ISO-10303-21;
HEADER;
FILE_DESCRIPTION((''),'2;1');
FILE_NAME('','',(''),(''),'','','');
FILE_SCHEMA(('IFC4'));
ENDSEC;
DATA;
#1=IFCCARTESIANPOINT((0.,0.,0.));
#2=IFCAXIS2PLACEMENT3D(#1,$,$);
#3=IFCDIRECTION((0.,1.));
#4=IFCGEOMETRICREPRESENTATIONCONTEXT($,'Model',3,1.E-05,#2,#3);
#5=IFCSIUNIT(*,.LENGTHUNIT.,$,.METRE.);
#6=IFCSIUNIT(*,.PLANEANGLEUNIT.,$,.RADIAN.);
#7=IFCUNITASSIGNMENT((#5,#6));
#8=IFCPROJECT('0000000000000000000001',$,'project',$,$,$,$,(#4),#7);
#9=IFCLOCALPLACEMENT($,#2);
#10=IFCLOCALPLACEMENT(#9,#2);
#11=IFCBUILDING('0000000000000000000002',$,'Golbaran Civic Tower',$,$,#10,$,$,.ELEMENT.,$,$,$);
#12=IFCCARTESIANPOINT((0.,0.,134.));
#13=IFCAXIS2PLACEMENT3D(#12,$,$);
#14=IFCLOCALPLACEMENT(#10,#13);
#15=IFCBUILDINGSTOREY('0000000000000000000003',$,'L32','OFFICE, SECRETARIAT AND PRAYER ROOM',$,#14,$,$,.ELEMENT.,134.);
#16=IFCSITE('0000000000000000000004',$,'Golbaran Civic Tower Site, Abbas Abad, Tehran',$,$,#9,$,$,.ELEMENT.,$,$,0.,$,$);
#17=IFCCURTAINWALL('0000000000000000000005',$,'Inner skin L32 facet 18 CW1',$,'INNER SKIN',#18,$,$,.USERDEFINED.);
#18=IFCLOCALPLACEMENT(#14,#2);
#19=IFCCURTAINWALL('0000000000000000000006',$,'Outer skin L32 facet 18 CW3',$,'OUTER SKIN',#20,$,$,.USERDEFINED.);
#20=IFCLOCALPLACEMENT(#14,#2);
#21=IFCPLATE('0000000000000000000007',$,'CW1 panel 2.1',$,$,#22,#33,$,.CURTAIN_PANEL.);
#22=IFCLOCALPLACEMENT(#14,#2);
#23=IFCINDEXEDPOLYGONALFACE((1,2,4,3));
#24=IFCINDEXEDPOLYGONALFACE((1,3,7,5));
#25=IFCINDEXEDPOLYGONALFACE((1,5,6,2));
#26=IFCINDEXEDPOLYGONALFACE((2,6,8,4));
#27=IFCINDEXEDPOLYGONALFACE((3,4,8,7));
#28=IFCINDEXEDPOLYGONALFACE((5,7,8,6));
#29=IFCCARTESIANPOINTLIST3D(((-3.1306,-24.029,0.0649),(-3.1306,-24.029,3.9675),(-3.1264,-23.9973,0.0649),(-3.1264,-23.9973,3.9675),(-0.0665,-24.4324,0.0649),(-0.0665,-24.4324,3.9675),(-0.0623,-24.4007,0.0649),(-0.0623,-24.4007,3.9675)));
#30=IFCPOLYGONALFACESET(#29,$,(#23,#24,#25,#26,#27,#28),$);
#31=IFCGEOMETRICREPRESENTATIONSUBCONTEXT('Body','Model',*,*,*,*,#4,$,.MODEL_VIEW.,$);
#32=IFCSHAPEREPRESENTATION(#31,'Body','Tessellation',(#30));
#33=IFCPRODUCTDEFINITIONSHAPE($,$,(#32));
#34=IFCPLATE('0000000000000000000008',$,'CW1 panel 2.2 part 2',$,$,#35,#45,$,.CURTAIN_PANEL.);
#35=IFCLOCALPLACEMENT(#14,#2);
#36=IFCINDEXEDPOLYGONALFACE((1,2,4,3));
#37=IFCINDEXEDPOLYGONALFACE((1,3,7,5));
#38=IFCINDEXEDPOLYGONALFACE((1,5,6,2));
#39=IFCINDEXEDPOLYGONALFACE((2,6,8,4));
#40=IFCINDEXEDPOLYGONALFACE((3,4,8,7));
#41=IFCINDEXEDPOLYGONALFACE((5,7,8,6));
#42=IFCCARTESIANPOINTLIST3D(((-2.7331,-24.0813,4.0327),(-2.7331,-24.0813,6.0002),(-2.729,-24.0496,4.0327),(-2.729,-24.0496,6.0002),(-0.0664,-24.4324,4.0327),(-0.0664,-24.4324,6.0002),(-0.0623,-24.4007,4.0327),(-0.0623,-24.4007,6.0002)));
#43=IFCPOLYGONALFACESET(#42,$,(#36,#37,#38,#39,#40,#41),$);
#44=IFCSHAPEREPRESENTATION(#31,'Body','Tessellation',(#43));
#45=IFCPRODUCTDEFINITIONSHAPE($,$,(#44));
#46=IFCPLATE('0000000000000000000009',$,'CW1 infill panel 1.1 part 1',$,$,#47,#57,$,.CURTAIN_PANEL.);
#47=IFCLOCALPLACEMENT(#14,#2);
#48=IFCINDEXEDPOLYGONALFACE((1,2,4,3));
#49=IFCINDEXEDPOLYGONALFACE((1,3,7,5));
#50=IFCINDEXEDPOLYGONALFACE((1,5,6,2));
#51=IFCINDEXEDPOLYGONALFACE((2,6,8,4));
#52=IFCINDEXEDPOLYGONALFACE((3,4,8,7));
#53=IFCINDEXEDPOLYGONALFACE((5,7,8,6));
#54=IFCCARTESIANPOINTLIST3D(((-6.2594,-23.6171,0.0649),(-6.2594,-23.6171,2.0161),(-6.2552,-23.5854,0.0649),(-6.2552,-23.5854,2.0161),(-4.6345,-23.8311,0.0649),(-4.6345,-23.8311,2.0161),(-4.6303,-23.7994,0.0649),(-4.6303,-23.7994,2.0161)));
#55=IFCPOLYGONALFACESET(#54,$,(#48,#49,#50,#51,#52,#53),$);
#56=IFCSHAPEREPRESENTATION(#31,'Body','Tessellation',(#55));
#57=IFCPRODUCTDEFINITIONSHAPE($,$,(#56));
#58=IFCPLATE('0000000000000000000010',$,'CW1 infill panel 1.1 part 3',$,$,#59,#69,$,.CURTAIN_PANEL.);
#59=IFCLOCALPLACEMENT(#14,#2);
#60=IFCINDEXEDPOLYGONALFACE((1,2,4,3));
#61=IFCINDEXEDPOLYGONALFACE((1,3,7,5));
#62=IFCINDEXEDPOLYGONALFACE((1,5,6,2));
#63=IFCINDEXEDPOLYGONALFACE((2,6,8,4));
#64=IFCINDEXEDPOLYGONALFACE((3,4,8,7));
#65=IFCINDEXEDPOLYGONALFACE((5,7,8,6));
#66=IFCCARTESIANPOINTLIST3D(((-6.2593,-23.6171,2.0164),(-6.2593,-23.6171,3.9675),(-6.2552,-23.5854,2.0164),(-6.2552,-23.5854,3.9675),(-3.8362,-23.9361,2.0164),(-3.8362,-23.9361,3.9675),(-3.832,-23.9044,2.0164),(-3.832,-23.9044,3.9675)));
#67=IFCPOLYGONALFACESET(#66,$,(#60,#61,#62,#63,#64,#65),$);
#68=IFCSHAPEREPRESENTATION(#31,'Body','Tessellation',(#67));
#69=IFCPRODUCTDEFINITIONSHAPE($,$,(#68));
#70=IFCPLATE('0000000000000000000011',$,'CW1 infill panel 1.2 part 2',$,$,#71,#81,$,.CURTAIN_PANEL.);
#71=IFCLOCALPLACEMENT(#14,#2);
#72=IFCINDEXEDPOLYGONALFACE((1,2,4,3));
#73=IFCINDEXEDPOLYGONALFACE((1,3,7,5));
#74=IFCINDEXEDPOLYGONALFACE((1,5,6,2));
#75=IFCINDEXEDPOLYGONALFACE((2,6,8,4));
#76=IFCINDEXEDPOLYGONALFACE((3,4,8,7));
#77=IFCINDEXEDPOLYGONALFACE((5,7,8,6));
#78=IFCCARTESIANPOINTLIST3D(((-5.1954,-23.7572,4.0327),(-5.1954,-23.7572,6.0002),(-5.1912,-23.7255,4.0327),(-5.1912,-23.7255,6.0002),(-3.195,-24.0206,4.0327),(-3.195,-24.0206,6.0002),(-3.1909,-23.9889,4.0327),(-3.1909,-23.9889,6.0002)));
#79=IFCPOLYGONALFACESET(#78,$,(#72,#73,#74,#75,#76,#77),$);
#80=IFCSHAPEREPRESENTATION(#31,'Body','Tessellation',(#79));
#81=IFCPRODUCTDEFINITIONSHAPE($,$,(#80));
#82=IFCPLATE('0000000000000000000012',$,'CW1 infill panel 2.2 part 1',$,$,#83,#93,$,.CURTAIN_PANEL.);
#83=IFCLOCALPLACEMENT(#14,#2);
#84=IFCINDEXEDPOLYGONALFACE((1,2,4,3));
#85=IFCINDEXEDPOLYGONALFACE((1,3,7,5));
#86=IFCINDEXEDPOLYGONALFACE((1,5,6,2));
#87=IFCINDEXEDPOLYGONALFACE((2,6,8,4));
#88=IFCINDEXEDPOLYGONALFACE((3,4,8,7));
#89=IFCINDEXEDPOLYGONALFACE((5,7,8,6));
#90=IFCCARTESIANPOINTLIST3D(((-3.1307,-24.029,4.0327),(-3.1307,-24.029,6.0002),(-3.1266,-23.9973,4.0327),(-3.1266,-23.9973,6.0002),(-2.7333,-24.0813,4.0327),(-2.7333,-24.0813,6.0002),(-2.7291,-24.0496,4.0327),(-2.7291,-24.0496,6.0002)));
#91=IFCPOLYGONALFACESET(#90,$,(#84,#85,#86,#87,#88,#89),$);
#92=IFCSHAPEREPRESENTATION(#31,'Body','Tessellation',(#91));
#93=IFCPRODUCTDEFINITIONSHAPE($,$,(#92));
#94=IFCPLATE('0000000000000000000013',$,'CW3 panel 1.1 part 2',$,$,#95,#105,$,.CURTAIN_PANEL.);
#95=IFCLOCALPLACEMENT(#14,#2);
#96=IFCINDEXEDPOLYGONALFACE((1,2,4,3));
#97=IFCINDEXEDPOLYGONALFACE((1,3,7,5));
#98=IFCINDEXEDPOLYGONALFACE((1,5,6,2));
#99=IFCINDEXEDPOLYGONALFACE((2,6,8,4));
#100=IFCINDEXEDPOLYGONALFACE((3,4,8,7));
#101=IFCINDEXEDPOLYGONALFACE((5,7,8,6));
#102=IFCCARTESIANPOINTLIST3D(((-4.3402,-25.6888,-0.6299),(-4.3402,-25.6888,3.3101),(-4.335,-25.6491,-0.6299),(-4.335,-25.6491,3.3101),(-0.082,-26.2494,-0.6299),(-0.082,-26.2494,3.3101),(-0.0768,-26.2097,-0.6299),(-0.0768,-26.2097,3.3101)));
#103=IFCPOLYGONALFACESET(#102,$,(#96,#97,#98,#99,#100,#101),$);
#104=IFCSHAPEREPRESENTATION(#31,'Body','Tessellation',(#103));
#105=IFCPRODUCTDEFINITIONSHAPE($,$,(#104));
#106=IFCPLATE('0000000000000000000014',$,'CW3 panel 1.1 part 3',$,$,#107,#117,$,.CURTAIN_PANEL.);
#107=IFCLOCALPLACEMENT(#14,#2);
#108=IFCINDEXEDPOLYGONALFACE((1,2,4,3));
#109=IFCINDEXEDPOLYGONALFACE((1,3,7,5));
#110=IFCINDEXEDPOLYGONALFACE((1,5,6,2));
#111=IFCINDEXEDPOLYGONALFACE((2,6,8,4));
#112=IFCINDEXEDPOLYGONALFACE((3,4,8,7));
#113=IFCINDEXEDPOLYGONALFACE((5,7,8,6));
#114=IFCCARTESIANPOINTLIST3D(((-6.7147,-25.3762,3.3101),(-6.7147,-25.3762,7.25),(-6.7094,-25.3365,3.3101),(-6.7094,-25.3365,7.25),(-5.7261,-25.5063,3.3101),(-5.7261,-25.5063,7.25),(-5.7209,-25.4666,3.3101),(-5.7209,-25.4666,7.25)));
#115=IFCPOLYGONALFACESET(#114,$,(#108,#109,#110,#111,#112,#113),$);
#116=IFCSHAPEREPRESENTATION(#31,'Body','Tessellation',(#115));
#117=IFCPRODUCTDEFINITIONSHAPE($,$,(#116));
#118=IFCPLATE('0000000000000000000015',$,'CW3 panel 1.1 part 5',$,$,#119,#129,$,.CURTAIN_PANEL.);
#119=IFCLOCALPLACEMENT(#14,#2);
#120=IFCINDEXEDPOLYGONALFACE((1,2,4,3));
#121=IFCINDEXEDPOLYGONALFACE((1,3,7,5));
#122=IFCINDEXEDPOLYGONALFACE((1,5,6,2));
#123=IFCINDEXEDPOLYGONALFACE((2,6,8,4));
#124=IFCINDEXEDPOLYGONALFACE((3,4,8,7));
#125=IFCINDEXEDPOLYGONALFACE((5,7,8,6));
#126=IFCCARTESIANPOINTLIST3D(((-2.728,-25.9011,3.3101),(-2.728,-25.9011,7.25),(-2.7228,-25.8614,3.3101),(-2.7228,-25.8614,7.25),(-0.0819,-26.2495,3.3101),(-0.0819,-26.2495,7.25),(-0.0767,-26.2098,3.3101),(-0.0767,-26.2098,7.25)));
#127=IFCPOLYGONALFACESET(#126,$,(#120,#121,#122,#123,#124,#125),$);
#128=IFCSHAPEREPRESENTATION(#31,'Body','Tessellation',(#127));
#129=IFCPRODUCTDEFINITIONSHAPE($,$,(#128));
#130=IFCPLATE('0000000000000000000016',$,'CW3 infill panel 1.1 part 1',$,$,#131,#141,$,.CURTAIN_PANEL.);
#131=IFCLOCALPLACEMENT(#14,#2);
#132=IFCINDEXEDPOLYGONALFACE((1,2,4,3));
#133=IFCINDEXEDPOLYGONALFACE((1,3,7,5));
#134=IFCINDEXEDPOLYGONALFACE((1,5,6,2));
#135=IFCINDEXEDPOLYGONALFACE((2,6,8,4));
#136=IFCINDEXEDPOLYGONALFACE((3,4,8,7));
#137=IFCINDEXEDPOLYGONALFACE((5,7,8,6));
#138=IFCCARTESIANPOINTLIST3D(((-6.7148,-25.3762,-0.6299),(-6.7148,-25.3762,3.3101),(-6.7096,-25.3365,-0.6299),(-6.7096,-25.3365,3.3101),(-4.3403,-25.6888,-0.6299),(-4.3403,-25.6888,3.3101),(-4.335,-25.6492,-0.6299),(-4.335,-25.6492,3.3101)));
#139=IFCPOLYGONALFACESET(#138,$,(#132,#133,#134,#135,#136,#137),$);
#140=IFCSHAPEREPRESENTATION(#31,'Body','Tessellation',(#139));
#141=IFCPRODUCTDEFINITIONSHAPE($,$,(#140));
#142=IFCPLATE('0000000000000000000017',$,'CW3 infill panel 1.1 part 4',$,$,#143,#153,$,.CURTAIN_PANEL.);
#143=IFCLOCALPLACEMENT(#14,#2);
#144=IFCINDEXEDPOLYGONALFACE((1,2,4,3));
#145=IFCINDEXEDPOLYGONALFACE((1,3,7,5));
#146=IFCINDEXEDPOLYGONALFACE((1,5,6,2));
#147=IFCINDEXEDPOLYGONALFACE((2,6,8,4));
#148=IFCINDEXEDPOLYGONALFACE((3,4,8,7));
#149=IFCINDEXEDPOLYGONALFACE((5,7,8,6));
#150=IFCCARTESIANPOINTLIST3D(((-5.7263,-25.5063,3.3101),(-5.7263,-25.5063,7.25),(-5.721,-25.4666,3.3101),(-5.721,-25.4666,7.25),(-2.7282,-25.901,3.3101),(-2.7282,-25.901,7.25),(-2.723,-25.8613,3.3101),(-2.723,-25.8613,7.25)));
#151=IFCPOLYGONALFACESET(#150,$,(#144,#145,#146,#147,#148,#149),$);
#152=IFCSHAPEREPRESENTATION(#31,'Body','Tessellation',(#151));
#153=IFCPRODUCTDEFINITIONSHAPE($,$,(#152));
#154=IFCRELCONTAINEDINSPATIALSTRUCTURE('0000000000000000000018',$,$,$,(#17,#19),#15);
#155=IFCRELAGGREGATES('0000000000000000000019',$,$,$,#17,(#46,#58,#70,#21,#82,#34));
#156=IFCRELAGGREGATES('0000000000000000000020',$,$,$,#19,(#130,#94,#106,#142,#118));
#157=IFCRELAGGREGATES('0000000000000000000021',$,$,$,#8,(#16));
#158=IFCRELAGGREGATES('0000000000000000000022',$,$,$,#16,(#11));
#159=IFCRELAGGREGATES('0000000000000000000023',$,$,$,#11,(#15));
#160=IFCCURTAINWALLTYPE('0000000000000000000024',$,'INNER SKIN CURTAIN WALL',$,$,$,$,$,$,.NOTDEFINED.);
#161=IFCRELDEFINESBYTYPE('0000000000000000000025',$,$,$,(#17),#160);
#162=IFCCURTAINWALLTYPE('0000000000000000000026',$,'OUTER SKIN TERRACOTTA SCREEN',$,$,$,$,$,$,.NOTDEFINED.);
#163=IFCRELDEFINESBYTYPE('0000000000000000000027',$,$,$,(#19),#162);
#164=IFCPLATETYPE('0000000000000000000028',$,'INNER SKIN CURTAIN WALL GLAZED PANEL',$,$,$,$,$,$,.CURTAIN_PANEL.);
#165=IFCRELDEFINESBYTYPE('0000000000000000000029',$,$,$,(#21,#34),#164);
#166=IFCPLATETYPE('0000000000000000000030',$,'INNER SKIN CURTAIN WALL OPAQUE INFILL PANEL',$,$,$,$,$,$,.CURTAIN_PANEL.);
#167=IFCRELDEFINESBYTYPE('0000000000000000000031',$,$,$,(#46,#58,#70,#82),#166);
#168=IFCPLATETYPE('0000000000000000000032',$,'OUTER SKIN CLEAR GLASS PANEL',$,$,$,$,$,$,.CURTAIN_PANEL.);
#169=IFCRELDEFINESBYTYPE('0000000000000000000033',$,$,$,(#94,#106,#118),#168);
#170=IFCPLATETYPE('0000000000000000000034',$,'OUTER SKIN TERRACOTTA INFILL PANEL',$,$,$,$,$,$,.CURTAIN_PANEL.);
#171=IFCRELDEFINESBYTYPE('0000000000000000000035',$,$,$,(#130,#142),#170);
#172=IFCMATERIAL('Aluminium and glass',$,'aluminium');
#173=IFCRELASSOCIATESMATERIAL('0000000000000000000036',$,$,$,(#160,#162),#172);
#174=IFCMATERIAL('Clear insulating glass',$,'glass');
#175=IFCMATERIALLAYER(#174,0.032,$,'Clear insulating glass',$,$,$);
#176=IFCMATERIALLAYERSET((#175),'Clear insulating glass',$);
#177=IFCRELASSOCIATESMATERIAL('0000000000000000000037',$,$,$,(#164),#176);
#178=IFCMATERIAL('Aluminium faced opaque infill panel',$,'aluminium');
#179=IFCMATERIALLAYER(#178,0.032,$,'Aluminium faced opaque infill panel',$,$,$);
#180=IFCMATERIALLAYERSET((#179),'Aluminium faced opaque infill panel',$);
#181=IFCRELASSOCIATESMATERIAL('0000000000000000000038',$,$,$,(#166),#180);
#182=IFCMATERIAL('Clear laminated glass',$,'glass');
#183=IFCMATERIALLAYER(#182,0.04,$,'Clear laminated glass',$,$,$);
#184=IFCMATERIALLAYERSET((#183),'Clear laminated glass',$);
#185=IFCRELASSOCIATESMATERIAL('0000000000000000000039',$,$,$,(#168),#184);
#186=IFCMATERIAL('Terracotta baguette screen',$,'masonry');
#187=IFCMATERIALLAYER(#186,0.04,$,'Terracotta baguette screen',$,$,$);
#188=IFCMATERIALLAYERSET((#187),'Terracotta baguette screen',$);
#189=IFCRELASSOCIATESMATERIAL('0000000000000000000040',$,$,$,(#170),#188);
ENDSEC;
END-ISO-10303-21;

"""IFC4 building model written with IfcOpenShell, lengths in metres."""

from ifc_helpers import new_model, si_unit, direction, frame, origin, origin_2d, place, context, subcontext, project, spatial, rectangle, extrude, material, layer, layer_set, type_object, element, aggregate, save


model = new_model("IFC4")

# Units and contexts
model_context = context("Model", 3, precision=1e-05, world=origin(), true_north=direction((0.0, 1.0)))
body_context = subcontext(model_context, "Body", "Model", "MODEL_VIEW")
ifc_project = project(units=[si_unit("LENGTHUNIT", "METRE"), si_unit("PLANEANGLEUNIT", "RADIAN")], contexts=[model_context])

# Site, building, storey
site_placement = place(None, origin())
site = spatial("IfcSite", under=ifc_project, at=site_placement, Name="Golbaran Civic Tower Site, Abbas Abad, Tehran", CompositionType="ELEMENT", RefElevation=0.0)
building_placement = place(site_placement, origin())
building = spatial("IfcBuilding", under=site, at=building_placement, Name="Golbaran Civic Tower", CompositionType="ELEMENT")
storey_placement = place(building_placement, frame((0.0, 0.0, 134.0)))
storey = spatial("IfcBuildingStorey", under=building, at=storey_placement, Name="L32", Description="OFFICE, SECRETARIAT AND PRAYER ROOM", CompositionType="ELEMENT", Elevation=134.0)

# Curtain wall
ifc_material_1 = material(Name="Aluminium and glass", Category="aluminium")
curtain_wall_type_1 = type_object("IfcCurtainWallType", Name="INNER SKIN CURTAIN WALL", PredefinedType="NOTDEFINED", material=ifc_material_1)
curtain_wall_1_placement = place(storey_placement, origin())
curtain_wall_1 = element("IfcCurtainWall", 1, at=curtain_wall_1_placement, inside=storey, type_object=curtain_wall_type_1, Name="Inner skin L32 facet 18 CW1", ObjectType="INNER SKIN", PredefinedType="USERDEFINED")

# Curtain wall
curtain_wall_type_2 = type_object("IfcCurtainWallType", Name="OUTER SKIN TERRACOTTA SCREEN", PredefinedType="NOTDEFINED", material=ifc_material_1)
curtain_wall_2_placement = place(storey_placement, origin())
curtain_wall_2 = element("IfcCurtainWall", 2, at=curtain_wall_2_placement, inside=storey, type_object=curtain_wall_type_2, Name="Outer skin L32 facet 18 CW3", ObjectType="OUTER SKIN", PredefinedType="USERDEFINED")

# Plates
ifc_material_2 = material(Name="Clear insulating glass", Category="glass")
ifc_layer_1 = layer(ifc_material_2, 0.032, Name="Clear insulating glass")
ifc_layer_set_1 = layer_set([ifc_layer_1], Name="Clear insulating glass")
plate_type_1 = type_object("IfcPlateType", Name="INNER SKIN CURTAIN WALL GLAZED PANEL", PredefinedType="CURTAIN_PANEL", material=ifc_layer_set_1)
plate_1_placement = place(storey_placement, frame((-1.5964, -24.2148, 0.0649), z_axis=(0.0, 0.0, 1.0), x_axis=(0.991445, -0.130526, 0.0)))
plate_1 = element("IfcPlate", 3, at=plate_1_placement, type_object=plate_type_1, Name="CW1 panel 2.1", PredefinedType="CURTAIN_PANEL", context=body_context, shape_type="SweptSolid", body=[
    extrude(rectangle(XDim=3.0906, YDim=0.032, at=origin_2d()), origin(), (0.0, 0.0, 1.0), 3.9026),
])
plate_2_placement = place(storey_placement, frame((-1.3977, -24.241, 4.0327), z_axis=(0.0, 0.0, 1.0), x_axis=(0.991445, -0.130526, 0.0)))
plate_2 = element("IfcPlate", 4, at=plate_2_placement, type_object=plate_type_1, Name="CW1 panel 2.2 part 2", PredefinedType="CURTAIN_PANEL", context=body_context, shape_type="SweptSolid", body=[
    extrude(rectangle(XDim=2.6897, YDim=0.032, at=origin_2d()), origin(), (0.0, 0.0, 1.0), 1.9675),
])
ifc_material_3 = material(Name="Aluminium faced opaque infill panel", Category="aluminium")
ifc_layer_2 = layer(ifc_material_3, 0.032, Name="Aluminium faced opaque infill panel")
ifc_layer_set_2 = layer_set([ifc_layer_2], Name="Aluminium faced opaque infill panel")
plate_type_2 = type_object("IfcPlateType", Name="INNER SKIN CURTAIN WALL OPAQUE INFILL PANEL", PredefinedType="CURTAIN_PANEL", material=ifc_layer_set_2)
plate_3_placement = place(storey_placement, frame((-5.4448, -23.7083, 0.0649), z_axis=(0.0, 0.0, 1.0), x_axis=(0.991445, -0.130526, 0.0)))
plate_3 = element("IfcPlate", 5, at=plate_3_placement, type_object=plate_type_2, Name="CW1 infill panel 1.1 part 1", PredefinedType="CURTAIN_PANEL", context=body_context, shape_type="SweptSolid", body=[
    extrude(rectangle(XDim=1.6389, YDim=0.032, at=origin_2d()), origin(), (0.0, 0.0, 1.0), 1.9512),
])
plate_4_placement = place(storey_placement, frame((-5.0457, -23.7607, 2.0164), z_axis=(0.0, 0.0, 1.0), x_axis=(0.991445, -0.130526, 0.0)))
plate_4 = element("IfcPlate", 6, at=plate_4_placement, type_object=plate_type_2, Name="CW1 infill panel 1.1 part 3", PredefinedType="CURTAIN_PANEL", context=body_context, shape_type="SweptSolid", body=[
    extrude(rectangle(XDim=2.4441, YDim=0.032, at=origin_2d()), origin(), (0.0, 0.0, 1.0), 1.9512),
])
plate_5_placement = place(storey_placement, frame((-4.1931, -23.873, 4.0327), z_axis=(0.0, 0.0, 1.0), x_axis=(0.991445, -0.130526, 0.0)))
plate_5 = element("IfcPlate", 7, at=plate_5_placement, type_object=plate_type_2, Name="CW1 infill panel 1.2 part 2", PredefinedType="CURTAIN_PANEL", context=body_context, shape_type="SweptSolid", body=[
    extrude(rectangle(XDim=2.0176, YDim=0.032, at=origin_2d()), origin(), (0.0, 0.0, 1.0), 1.9675),
])
plate_6_placement = place(storey_placement, frame((-2.9299, -24.0393, 4.0327), z_axis=(0.0, 0.0, 1.0), x_axis=(0.991445, -0.130526, 0.0)))
plate_6 = element("IfcPlate", 8, at=plate_6_placement, type_object=plate_type_2, Name="CW1 infill panel 2.2 part 1", PredefinedType="CURTAIN_PANEL", context=body_context, shape_type="SweptSolid", body=[
    extrude(rectangle(XDim=0.4009, YDim=0.032, at=origin_2d()), origin(), (0.0, 0.0, 1.0), 1.9675),
])
aggregate(curtain_wall_1, [plate_3, plate_4, plate_5, plate_1, plate_6, plate_2])
ifc_material_4 = material(Name="Clear laminated glass", Category="glass")
ifc_layer_3 = layer(ifc_material_4, 0.04, Name="Clear laminated glass")
ifc_layer_set_3 = layer_set([ifc_layer_3], Name="Clear laminated glass")
plate_type_3 = type_object("IfcPlateType", Name="OUTER SKIN CLEAR GLASS PANEL", PredefinedType="CURTAIN_PANEL", material=ifc_layer_set_3)
plate_7_placement = place(storey_placement, frame((-2.2085, -25.9492, -0.6299), z_axis=(0.0, 0.0, 1.0), x_axis=(0.991445, -0.130526, 0.0)))
plate_7 = element("IfcPlate", 9, at=plate_7_placement, type_object=plate_type_3, Name="CW3 panel 1.1 part 2", PredefinedType="CURTAIN_PANEL", context=body_context, shape_type="SweptSolid", body=[
    extrude(rectangle(XDim=4.2949, YDim=0.04, at=origin_2d()), origin(), (0.0, 0.0, 1.0), 3.9399),
])
plate_8_placement = place(storey_placement, frame((-6.2178, -25.4214, 3.3101), z_axis=(0.0, 0.0, 1.0), x_axis=(0.991445, -0.130526, 0.0)))
plate_8 = element("IfcPlate", 10, at=plate_8_placement, type_object=plate_type_3, Name="CW3 panel 1.1 part 3", PredefinedType="CURTAIN_PANEL", context=body_context, shape_type="SweptSolid", body=[
    extrude(rectangle(XDim=0.9971, YDim=0.04, at=origin_2d()), origin(), (0.0, 0.0, 1.0), 3.9399),
])
plate_9_placement = place(storey_placement, frame((-1.4023, -26.0554, 3.3101), z_axis=(0.0, 0.0, 1.0), x_axis=(0.991445, -0.130526, 0.0)))
plate_9 = element("IfcPlate", 11, at=plate_9_placement, type_object=plate_type_3, Name="CW3 panel 1.1 part 5", PredefinedType="CURTAIN_PANEL", context=body_context, shape_type="SweptSolid", body=[
    extrude(rectangle(XDim=2.6689, YDim=0.04, at=origin_2d()), origin(), (0.0, 0.0, 1.0), 3.9399),
])
ifc_material_5 = material(Name="Terracotta baguette screen", Category="masonry")
ifc_layer_4 = layer(ifc_material_5, 0.04, Name="Terracotta baguette screen")
ifc_layer_set_4 = layer_set([ifc_layer_4], Name="Terracotta baguette screen")
plate_type_4 = type_object("IfcPlateType", Name="OUTER SKIN TERRACOTTA INFILL PANEL", PredefinedType="CURTAIN_PANEL", material=ifc_layer_set_4)
plate_10_placement = place(storey_placement, frame((-5.5249, -25.5127, -0.6299), z_axis=(0.0, 0.0, 1.0), x_axis=(0.991445, -0.130526, 0.0)))
plate_10 = element("IfcPlate", 12, at=plate_10_placement, type_object=plate_type_4, Name="CW3 infill panel 1.1 part 1", PredefinedType="CURTAIN_PANEL", context=body_context, shape_type="SweptSolid", body=[
    extrude(rectangle(XDim=2.395, YDim=0.04, at=origin_2d()), origin(), (0.0, 0.0, 1.0), 3.9399),
])
plate_11_placement = place(storey_placement, frame((-4.2246, -25.6838, 3.3101), z_axis=(0.0, 0.0, 1.0), x_axis=(0.991445, -0.130526, 0.0)))
plate_11 = element("IfcPlate", 13, at=plate_11_placement, type_object=plate_type_4, Name="CW3 infill panel 1.1 part 4", PredefinedType="CURTAIN_PANEL", context=body_context, shape_type="SweptSolid", body=[
    extrude(rectangle(XDim=3.0239, YDim=0.04, at=origin_2d()), origin(), (0.0, 0.0, 1.0), 3.9399),
])
aggregate(curtain_wall_2, [plate_10, plate_7, plate_8, plate_11, plate_9])

save(model, "model.ifc")
